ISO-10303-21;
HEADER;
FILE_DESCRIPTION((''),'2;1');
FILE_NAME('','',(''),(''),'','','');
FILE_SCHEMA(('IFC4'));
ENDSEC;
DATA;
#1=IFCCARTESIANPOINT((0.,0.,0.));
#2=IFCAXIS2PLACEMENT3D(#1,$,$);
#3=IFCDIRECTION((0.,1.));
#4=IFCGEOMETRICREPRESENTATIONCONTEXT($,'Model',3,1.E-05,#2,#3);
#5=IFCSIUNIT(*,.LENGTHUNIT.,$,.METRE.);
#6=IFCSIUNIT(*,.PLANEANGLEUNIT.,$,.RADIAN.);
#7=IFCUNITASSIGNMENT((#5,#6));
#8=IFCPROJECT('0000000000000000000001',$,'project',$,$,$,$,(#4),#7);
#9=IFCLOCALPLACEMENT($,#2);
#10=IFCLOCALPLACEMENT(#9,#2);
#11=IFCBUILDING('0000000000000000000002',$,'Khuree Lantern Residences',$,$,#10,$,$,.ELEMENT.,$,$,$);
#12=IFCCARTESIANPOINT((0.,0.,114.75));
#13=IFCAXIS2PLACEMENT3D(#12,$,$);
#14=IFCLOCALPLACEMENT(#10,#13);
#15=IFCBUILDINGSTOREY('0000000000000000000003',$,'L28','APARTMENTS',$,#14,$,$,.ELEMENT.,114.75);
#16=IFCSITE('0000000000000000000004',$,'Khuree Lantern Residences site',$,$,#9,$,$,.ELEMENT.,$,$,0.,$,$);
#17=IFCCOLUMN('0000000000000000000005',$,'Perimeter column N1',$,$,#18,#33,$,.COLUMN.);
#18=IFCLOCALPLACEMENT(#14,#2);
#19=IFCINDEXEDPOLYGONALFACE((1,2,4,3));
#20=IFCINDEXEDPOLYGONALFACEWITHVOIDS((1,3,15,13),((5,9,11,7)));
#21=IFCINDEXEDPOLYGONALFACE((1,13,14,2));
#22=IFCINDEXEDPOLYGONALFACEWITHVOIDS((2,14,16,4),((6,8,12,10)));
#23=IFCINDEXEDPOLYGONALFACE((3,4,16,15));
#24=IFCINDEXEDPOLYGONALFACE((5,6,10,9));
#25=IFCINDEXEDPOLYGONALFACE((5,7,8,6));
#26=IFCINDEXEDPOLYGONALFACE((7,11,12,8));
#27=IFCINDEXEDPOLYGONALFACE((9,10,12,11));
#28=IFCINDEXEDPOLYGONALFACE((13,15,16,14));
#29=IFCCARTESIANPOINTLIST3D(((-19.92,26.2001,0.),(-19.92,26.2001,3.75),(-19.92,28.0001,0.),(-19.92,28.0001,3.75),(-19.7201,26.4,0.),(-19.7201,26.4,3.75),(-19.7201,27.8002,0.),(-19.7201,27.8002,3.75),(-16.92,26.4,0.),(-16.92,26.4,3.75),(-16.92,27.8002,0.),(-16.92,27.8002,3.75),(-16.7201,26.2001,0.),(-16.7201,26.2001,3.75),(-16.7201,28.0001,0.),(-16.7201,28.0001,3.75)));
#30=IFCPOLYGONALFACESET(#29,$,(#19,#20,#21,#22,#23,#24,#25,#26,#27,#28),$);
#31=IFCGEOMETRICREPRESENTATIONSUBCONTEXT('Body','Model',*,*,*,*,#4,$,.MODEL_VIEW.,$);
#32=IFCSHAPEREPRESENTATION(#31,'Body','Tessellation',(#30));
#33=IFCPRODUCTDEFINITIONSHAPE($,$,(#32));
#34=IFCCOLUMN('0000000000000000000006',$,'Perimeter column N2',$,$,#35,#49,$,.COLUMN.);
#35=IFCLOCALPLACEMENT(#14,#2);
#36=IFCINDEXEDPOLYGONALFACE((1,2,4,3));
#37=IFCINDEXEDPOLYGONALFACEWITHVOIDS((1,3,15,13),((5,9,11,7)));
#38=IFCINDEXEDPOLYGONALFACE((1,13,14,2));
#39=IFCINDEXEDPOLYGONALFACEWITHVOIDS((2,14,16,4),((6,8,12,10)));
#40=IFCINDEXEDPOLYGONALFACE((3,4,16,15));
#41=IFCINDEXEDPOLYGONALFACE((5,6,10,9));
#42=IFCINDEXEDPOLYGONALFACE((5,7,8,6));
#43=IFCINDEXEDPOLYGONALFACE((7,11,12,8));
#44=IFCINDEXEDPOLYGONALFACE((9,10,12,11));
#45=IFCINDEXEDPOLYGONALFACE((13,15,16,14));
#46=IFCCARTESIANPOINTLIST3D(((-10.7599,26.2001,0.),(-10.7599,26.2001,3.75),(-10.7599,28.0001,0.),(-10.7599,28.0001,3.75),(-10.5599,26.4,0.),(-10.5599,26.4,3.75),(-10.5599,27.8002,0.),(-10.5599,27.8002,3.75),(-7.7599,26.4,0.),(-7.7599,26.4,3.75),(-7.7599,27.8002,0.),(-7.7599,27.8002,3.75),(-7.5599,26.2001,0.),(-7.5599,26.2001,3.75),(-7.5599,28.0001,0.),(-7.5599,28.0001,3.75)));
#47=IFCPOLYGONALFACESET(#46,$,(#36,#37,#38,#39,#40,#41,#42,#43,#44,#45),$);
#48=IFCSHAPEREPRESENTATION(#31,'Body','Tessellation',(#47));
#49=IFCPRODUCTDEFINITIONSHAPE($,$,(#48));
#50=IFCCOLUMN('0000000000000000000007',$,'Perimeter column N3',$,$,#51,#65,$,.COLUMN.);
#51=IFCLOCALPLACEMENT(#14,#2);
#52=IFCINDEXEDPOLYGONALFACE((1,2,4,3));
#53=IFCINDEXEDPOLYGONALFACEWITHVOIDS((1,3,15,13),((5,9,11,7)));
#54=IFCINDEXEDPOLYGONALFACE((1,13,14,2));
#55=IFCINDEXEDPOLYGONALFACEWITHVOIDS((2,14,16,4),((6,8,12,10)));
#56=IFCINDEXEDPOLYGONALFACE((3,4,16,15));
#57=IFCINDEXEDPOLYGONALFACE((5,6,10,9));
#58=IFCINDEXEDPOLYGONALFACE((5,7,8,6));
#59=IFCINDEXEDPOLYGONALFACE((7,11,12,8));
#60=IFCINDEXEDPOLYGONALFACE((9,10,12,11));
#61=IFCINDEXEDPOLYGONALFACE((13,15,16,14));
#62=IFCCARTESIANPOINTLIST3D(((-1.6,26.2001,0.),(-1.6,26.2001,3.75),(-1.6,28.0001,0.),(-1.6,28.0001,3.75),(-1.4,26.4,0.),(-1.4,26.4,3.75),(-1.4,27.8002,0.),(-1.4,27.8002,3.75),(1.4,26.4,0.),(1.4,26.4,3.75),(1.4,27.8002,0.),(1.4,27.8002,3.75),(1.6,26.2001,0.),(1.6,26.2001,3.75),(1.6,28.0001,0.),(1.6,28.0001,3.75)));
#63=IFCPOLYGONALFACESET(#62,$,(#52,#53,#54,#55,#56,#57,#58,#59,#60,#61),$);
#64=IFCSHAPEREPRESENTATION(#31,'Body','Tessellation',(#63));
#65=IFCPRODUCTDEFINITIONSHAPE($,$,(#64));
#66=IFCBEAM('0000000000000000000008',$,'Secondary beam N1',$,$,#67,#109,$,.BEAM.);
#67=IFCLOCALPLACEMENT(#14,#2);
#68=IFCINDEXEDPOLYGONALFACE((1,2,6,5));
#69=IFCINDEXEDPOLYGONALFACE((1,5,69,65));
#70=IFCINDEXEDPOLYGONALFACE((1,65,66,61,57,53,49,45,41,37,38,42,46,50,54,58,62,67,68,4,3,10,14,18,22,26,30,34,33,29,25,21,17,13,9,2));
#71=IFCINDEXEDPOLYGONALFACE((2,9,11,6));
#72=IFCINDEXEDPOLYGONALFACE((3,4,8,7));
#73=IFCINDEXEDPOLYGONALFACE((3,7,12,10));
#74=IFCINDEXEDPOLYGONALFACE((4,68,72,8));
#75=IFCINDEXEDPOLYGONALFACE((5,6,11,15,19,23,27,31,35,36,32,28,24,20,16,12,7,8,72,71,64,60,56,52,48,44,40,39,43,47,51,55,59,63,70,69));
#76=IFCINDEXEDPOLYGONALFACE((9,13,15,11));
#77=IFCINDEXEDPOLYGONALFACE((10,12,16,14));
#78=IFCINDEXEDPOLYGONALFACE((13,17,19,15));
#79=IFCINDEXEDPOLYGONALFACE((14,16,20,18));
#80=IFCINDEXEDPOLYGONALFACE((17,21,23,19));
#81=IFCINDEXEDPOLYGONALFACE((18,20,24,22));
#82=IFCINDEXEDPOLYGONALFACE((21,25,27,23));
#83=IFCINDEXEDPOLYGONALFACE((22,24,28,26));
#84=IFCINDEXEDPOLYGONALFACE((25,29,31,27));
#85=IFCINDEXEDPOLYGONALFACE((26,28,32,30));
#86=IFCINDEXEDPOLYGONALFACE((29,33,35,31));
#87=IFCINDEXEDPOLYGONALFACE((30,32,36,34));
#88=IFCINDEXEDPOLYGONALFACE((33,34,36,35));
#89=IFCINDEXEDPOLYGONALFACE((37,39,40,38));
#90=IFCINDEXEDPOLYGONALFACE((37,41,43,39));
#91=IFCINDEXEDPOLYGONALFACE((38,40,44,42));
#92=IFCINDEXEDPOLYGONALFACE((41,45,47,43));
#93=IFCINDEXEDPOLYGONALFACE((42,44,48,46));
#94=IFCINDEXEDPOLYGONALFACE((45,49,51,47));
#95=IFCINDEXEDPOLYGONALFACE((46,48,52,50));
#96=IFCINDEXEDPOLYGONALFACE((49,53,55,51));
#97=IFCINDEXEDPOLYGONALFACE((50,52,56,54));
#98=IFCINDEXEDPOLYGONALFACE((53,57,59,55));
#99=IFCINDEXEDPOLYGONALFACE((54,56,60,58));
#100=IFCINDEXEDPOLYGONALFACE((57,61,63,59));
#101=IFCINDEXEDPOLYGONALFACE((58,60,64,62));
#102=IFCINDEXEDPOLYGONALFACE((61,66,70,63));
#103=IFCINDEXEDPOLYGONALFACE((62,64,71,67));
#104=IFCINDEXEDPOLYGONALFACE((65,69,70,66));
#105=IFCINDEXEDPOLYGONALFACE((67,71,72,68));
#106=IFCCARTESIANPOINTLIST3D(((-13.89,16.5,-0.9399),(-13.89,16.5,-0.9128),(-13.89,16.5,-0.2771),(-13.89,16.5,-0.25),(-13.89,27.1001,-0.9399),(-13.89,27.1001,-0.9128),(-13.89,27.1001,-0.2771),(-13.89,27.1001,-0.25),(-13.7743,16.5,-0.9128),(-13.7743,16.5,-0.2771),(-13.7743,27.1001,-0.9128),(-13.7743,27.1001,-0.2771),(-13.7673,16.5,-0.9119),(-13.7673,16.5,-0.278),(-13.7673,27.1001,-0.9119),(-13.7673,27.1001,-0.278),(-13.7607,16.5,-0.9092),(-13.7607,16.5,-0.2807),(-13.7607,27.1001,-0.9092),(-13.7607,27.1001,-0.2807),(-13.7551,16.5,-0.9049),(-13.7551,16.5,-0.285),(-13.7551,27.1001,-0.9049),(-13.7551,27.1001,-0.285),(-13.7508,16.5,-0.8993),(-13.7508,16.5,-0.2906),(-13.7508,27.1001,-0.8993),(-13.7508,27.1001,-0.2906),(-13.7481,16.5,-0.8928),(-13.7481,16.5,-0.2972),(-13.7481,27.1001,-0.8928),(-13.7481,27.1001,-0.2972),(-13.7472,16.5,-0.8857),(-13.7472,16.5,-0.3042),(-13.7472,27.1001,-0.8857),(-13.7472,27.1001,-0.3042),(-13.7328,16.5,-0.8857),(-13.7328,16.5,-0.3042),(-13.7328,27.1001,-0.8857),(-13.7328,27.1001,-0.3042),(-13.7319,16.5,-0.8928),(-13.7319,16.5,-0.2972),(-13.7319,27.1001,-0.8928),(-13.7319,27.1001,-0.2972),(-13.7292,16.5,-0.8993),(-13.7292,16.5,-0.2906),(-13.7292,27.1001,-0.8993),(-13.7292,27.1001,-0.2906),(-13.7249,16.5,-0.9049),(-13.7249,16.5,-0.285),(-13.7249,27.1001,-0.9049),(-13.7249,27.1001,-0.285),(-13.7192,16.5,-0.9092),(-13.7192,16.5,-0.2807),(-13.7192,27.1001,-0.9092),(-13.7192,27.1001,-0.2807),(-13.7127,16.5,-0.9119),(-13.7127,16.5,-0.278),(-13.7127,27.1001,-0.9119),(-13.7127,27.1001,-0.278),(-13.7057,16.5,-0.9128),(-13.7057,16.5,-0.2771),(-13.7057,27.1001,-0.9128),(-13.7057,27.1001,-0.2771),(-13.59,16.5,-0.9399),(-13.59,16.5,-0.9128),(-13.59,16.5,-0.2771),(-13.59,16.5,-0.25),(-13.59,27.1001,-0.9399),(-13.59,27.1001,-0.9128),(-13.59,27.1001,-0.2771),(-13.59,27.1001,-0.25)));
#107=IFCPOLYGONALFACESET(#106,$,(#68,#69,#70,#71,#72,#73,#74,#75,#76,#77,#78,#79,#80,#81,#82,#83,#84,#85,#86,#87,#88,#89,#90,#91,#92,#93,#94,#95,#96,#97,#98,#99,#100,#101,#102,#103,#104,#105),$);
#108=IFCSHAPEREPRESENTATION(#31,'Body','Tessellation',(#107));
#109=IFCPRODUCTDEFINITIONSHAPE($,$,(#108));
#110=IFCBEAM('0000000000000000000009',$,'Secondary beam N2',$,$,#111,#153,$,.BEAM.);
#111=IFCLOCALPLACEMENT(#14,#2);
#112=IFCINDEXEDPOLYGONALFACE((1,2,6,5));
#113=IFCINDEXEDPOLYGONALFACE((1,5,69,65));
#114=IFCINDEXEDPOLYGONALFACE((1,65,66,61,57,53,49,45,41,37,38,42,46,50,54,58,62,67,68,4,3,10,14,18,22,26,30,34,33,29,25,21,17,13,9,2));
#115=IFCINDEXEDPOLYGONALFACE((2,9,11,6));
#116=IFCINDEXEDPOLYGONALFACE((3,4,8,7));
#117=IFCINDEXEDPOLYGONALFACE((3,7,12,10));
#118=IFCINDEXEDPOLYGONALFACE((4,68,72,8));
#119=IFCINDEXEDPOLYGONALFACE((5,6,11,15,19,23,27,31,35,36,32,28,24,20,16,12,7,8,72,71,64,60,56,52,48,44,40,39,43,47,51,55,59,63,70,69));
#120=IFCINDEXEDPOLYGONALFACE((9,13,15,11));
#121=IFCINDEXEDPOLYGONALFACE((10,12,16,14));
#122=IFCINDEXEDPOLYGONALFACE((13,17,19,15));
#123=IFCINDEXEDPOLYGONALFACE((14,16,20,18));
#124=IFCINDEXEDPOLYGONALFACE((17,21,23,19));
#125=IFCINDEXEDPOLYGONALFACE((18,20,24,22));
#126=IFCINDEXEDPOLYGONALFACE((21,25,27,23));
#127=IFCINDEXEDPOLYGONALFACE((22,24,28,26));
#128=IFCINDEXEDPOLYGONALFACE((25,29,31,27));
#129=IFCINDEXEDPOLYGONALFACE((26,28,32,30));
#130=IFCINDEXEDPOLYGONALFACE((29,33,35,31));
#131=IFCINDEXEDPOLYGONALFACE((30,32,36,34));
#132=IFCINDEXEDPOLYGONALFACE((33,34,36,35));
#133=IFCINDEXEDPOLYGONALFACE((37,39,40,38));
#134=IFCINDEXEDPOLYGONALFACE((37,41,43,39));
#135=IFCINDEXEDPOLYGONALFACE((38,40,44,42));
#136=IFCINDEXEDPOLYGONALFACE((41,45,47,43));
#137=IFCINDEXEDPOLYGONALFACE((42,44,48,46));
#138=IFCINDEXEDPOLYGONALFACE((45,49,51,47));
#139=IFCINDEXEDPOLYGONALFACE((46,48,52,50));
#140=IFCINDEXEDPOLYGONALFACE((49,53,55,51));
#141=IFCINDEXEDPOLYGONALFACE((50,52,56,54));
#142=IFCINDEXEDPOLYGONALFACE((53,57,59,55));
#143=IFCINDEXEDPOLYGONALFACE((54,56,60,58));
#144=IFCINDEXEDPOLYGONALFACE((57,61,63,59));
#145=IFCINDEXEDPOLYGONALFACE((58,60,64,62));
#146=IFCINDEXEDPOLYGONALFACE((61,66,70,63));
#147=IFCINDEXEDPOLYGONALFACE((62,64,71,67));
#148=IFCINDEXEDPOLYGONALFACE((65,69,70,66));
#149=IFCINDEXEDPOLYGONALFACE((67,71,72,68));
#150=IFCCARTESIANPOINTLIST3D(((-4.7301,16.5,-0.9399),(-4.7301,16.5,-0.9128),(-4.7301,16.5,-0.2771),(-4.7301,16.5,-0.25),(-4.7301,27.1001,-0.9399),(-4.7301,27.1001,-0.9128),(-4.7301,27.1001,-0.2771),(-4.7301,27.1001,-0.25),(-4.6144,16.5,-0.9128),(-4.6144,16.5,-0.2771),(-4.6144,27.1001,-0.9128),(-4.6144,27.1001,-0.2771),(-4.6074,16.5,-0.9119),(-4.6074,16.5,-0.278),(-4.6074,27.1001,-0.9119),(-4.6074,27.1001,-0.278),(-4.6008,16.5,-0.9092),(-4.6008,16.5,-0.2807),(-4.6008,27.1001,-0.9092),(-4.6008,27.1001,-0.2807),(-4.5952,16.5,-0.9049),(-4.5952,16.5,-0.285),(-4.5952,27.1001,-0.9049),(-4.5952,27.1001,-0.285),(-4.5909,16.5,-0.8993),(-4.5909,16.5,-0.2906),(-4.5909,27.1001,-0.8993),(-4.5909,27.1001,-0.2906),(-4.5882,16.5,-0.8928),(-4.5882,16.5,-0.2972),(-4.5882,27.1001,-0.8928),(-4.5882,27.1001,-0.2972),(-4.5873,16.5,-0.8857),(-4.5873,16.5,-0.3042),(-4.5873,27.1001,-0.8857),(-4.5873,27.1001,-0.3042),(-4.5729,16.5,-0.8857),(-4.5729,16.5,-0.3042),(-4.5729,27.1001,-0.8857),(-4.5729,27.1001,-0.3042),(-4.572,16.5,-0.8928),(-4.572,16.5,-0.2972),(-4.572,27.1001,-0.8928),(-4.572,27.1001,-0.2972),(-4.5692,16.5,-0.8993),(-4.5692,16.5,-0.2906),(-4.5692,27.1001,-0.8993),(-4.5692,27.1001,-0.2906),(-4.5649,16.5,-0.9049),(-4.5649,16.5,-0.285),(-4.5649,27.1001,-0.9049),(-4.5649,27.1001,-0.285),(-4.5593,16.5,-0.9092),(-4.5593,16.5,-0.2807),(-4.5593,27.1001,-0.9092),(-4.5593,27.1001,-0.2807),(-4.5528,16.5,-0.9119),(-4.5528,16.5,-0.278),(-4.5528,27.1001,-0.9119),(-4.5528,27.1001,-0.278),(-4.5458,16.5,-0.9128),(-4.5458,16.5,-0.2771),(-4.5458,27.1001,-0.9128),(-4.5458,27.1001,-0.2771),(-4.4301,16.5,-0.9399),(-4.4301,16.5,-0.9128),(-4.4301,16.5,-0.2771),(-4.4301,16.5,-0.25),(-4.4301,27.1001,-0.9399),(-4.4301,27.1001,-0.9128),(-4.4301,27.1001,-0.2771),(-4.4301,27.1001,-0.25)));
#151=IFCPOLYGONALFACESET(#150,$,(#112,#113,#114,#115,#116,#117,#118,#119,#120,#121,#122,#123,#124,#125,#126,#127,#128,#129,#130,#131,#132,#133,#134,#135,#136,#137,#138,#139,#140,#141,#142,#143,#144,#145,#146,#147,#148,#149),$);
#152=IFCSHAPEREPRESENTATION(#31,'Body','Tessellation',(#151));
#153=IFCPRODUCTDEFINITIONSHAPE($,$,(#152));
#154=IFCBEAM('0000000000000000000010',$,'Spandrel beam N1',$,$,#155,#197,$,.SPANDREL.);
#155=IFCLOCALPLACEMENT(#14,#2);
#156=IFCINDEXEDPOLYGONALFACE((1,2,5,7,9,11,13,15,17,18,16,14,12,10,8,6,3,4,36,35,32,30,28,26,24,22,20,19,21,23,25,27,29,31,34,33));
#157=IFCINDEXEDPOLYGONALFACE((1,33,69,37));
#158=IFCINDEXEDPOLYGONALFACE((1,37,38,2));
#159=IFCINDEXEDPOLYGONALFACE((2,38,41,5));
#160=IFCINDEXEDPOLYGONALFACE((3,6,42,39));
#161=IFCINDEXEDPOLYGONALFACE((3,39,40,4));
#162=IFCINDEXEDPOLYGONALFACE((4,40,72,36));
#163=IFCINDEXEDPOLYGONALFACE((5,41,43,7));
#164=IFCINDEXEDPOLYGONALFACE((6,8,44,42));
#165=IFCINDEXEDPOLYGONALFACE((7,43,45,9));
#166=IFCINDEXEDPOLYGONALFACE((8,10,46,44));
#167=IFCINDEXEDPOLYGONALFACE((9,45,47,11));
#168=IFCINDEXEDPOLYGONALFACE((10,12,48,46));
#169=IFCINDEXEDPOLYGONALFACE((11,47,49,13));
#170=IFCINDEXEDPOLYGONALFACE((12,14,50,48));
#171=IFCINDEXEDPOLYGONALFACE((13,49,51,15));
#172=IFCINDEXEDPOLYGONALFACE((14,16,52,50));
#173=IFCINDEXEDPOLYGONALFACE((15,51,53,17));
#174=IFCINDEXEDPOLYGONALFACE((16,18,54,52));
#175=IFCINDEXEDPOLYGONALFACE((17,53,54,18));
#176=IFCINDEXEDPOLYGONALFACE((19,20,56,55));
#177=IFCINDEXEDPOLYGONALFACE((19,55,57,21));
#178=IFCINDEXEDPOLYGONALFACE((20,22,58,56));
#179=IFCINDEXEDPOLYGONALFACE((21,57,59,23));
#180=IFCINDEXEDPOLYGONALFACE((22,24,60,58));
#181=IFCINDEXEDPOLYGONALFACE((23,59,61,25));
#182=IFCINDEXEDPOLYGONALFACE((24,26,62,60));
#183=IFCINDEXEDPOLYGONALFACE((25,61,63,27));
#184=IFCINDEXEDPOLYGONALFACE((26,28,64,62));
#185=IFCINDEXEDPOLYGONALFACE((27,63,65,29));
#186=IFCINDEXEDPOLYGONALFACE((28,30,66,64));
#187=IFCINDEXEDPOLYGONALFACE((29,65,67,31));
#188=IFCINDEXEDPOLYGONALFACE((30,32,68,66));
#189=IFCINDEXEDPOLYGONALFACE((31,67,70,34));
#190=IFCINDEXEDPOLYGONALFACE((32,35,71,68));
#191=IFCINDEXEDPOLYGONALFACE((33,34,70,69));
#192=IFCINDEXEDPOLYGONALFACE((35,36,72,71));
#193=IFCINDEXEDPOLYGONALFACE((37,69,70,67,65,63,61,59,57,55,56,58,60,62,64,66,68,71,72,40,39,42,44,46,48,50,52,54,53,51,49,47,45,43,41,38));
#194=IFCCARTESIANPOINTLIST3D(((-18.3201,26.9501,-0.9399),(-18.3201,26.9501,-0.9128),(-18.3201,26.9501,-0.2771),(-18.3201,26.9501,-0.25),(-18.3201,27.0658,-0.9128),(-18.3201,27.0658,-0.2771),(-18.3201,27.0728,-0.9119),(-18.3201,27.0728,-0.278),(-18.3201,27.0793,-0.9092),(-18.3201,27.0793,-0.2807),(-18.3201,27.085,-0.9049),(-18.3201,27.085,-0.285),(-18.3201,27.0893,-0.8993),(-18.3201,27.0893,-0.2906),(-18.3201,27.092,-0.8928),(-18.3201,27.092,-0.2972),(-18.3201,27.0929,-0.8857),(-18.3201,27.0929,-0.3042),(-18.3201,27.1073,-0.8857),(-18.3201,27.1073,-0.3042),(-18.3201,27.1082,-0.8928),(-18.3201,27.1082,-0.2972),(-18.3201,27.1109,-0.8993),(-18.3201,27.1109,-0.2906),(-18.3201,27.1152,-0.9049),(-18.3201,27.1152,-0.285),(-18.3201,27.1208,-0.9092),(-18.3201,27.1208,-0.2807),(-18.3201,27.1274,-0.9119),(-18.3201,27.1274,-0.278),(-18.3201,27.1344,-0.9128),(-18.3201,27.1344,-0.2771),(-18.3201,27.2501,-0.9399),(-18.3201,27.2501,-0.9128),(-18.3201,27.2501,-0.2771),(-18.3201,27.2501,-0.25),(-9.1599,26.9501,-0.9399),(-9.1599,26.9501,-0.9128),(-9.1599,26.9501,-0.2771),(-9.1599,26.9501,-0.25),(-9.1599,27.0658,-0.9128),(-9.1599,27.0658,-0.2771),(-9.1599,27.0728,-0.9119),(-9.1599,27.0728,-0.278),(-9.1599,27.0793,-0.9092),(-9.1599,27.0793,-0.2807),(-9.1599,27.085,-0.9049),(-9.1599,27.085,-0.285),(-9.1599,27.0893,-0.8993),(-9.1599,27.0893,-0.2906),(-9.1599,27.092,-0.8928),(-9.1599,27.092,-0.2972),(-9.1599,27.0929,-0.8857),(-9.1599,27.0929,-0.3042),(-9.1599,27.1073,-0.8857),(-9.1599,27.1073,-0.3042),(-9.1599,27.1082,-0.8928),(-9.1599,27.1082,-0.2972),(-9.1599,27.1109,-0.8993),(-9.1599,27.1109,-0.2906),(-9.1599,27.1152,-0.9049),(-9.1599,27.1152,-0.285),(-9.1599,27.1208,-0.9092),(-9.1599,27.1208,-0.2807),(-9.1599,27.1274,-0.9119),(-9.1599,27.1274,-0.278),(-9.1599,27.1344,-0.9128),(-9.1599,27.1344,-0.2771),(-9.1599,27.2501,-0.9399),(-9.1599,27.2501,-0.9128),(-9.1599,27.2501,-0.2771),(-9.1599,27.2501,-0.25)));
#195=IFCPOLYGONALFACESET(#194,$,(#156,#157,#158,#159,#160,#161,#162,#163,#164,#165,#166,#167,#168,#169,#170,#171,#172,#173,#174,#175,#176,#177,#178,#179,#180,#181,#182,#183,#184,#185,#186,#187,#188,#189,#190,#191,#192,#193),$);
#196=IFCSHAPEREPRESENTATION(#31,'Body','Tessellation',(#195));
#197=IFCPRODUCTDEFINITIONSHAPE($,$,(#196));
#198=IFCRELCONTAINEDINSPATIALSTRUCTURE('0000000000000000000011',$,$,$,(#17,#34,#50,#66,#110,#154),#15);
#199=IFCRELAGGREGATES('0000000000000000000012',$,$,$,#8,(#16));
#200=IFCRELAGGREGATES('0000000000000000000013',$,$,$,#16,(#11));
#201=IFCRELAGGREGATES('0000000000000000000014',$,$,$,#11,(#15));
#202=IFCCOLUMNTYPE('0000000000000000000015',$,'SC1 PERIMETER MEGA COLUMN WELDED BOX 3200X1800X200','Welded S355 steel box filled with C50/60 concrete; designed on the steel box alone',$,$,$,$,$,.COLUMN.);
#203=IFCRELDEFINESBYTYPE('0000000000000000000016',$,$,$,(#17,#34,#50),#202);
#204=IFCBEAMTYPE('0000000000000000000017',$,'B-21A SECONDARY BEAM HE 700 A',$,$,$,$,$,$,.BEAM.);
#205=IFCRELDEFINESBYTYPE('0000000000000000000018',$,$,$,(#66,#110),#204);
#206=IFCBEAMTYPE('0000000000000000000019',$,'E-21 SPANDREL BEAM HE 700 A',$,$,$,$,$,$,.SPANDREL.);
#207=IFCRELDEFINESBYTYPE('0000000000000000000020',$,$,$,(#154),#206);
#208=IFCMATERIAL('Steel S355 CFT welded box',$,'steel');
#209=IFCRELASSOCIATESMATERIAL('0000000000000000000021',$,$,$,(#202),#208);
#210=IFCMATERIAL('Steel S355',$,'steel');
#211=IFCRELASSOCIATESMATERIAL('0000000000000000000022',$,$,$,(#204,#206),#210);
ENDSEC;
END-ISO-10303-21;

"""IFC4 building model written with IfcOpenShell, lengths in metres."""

from ifc_helpers import new_model, si_unit, direction, frame, origin, origin_2d, place, context, subcontext, project, spatial, hollow_rectangle, i_section, extrude, material, material_profile, profile_set, type_object, element, save


model = new_model("IFC4")

# Units and contexts
model_context = context("Model", 3, precision=1e-05, world=origin(), true_north=direction((0.0, 1.0)))
body_context = subcontext(model_context, "Body", "Model", "MODEL_VIEW")
ifc_project = project(units=[si_unit("LENGTHUNIT", "METRE"), si_unit("PLANEANGLEUNIT", "RADIAN")], contexts=[model_context])

# Site, building, storey
site_placement = place(None, origin())
site = spatial("IfcSite", under=ifc_project, at=site_placement, Name="Khuree Lantern Residences site", CompositionType="ELEMENT", RefElevation=0.0)
building_placement = place(site_placement, origin())
building = spatial("IfcBuilding", under=site, at=building_placement, Name="Khuree Lantern Residences", CompositionType="ELEMENT")
storey_placement = place(building_placement, frame((0.0, 0.0, 114.75)))
storey = spatial("IfcBuildingStorey", under=building, at=storey_placement, Name="L28", Description="APARTMENTS", CompositionType="ELEMENT", Elevation=114.75)

# Columns
ifc_material_1 = material(Name="Steel S355 CFT welded box", Category="steel")
ifc_material_profile_1 = material_profile(ifc_material_1, hollow_rectangle(XDim=3.2, YDim=1.8, WallThickness=0.2, at=origin_2d()), Name="WELDED BOX 3200X1800X200")
ifc_profile_set_1 = profile_set([ifc_material_profile_1], Name="Steel S355 CFT welded box")
column_type = type_object("IfcColumnType", Name="SC1 PERIMETER MEGA COLUMN WELDED BOX 3200X1800X200", Description="Welded S355 steel box filled with C50/60 concrete; designed on the steel box alone", PredefinedType="COLUMN", material=ifc_profile_set_1)
for number, where, z_axis, x_axis, name in (
    (1, (-18.3201, 27.1001, 0.0), (0.0, 0.0, 1.0), (1.0, 0.0, 0.0), "Perimeter column N1"),
    (2, (-9.1599, 27.1001, 0.0), (0.0, 0.0, 1.0), (1.0, 0.0, 0.0), "Perimeter column N2"),
    (3, (0.0, 27.1001, 0.0), (0.0, 0.0, 1.0), (1.0, 0.0, 0.0), "Perimeter column N3"),
):
    element("IfcColumn", number, at=place(storey_placement, frame(where, z_axis=z_axis, x_axis=x_axis)), inside=storey, type_object=column_type, Name=name, PredefinedType="COLUMN", context=body_context, shape_type="SweptSolid", body=[
        extrude(hollow_rectangle(XDim=3.2, YDim=1.8, WallThickness=0.2, at=origin_2d()), origin(), (0.0, 0.0, 1.0), 3.75),
    ])

# Beams
ifc_material_2 = material(Name="Steel S355", Category="steel")
ifc_material_profile_2 = material_profile(ifc_material_2, i_section(OverallWidth=0.3, OverallDepth=0.6899, WebThickness=0.0144, FlangeThickness=0.0271, FilletRadius=0.0271, at=origin_2d()), Name="HE 700 A")
ifc_profile_set_2 = profile_set([ifc_material_profile_2], Name="Steel S355")
beam_type_1 = type_object("IfcBeamType", Name="B-21A SECONDARY BEAM HE 700 A", PredefinedType="BEAM", material=ifc_profile_set_2)
for number, where, z_axis, x_axis, name in (
    (4, (-13.74, 27.1001, -0.595), (0.0, -1.0, 0.0), (1.0, 0.0, 0.0), "Secondary beam N1"),
    (5, (-4.5801, 27.1001, -0.595), (0.0, -1.0, 0.0), (1.0, 0.0, 0.0), "Secondary beam N2"),
):
    element("IfcBeam", number, at=place(storey_placement, frame(where, z_axis=z_axis, x_axis=x_axis)), inside=storey, type_object=beam_type_1, Name=name, PredefinedType="BEAM", context=body_context, shape_type="SweptSolid", body=[
        extrude(i_section(OverallWidth=0.3, OverallDepth=0.6899, WebThickness=0.0144, FlangeThickness=0.0271, FilletRadius=0.0271, at=origin_2d()), origin(), (0.0, 0.0, 1.0), 10.6001),
    ])
ifc_material_profile_3 = material_profile(ifc_material_2, i_section(OverallWidth=0.3, OverallDepth=0.6899, WebThickness=0.0144, FlangeThickness=0.0271, FilletRadius=0.0271, at=origin_2d()), Name="HE 700 A")
ifc_profile_set_3 = profile_set([ifc_material_profile_3], Name="Steel S355")
beam_type_2 = type_object("IfcBeamType", Name="E-21 SPANDREL BEAM HE 700 A", PredefinedType="SPANDREL", material=ifc_profile_set_3)
beam_1_placement = place(storey_placement, frame((-18.3201, 27.1001, -0.595), z_axis=(1.0, 0.0, 0.0), x_axis=(0.0, 1.0, 0.0)))
element("IfcBeam", 6, at=beam_1_placement, inside=storey, type_object=beam_type_2, Name="Spandrel beam N1", PredefinedType="SPANDREL", context=body_context, shape_type="SweptSolid", body=[
    extrude(i_section(OverallWidth=0.3, OverallDepth=0.6899, WebThickness=0.0144, FlangeThickness=0.0271, FilletRadius=0.0271, at=origin_2d()), origin(), (0.0, 0.0, 1.0), 9.1602),
])

save(model, "model.ifc")
